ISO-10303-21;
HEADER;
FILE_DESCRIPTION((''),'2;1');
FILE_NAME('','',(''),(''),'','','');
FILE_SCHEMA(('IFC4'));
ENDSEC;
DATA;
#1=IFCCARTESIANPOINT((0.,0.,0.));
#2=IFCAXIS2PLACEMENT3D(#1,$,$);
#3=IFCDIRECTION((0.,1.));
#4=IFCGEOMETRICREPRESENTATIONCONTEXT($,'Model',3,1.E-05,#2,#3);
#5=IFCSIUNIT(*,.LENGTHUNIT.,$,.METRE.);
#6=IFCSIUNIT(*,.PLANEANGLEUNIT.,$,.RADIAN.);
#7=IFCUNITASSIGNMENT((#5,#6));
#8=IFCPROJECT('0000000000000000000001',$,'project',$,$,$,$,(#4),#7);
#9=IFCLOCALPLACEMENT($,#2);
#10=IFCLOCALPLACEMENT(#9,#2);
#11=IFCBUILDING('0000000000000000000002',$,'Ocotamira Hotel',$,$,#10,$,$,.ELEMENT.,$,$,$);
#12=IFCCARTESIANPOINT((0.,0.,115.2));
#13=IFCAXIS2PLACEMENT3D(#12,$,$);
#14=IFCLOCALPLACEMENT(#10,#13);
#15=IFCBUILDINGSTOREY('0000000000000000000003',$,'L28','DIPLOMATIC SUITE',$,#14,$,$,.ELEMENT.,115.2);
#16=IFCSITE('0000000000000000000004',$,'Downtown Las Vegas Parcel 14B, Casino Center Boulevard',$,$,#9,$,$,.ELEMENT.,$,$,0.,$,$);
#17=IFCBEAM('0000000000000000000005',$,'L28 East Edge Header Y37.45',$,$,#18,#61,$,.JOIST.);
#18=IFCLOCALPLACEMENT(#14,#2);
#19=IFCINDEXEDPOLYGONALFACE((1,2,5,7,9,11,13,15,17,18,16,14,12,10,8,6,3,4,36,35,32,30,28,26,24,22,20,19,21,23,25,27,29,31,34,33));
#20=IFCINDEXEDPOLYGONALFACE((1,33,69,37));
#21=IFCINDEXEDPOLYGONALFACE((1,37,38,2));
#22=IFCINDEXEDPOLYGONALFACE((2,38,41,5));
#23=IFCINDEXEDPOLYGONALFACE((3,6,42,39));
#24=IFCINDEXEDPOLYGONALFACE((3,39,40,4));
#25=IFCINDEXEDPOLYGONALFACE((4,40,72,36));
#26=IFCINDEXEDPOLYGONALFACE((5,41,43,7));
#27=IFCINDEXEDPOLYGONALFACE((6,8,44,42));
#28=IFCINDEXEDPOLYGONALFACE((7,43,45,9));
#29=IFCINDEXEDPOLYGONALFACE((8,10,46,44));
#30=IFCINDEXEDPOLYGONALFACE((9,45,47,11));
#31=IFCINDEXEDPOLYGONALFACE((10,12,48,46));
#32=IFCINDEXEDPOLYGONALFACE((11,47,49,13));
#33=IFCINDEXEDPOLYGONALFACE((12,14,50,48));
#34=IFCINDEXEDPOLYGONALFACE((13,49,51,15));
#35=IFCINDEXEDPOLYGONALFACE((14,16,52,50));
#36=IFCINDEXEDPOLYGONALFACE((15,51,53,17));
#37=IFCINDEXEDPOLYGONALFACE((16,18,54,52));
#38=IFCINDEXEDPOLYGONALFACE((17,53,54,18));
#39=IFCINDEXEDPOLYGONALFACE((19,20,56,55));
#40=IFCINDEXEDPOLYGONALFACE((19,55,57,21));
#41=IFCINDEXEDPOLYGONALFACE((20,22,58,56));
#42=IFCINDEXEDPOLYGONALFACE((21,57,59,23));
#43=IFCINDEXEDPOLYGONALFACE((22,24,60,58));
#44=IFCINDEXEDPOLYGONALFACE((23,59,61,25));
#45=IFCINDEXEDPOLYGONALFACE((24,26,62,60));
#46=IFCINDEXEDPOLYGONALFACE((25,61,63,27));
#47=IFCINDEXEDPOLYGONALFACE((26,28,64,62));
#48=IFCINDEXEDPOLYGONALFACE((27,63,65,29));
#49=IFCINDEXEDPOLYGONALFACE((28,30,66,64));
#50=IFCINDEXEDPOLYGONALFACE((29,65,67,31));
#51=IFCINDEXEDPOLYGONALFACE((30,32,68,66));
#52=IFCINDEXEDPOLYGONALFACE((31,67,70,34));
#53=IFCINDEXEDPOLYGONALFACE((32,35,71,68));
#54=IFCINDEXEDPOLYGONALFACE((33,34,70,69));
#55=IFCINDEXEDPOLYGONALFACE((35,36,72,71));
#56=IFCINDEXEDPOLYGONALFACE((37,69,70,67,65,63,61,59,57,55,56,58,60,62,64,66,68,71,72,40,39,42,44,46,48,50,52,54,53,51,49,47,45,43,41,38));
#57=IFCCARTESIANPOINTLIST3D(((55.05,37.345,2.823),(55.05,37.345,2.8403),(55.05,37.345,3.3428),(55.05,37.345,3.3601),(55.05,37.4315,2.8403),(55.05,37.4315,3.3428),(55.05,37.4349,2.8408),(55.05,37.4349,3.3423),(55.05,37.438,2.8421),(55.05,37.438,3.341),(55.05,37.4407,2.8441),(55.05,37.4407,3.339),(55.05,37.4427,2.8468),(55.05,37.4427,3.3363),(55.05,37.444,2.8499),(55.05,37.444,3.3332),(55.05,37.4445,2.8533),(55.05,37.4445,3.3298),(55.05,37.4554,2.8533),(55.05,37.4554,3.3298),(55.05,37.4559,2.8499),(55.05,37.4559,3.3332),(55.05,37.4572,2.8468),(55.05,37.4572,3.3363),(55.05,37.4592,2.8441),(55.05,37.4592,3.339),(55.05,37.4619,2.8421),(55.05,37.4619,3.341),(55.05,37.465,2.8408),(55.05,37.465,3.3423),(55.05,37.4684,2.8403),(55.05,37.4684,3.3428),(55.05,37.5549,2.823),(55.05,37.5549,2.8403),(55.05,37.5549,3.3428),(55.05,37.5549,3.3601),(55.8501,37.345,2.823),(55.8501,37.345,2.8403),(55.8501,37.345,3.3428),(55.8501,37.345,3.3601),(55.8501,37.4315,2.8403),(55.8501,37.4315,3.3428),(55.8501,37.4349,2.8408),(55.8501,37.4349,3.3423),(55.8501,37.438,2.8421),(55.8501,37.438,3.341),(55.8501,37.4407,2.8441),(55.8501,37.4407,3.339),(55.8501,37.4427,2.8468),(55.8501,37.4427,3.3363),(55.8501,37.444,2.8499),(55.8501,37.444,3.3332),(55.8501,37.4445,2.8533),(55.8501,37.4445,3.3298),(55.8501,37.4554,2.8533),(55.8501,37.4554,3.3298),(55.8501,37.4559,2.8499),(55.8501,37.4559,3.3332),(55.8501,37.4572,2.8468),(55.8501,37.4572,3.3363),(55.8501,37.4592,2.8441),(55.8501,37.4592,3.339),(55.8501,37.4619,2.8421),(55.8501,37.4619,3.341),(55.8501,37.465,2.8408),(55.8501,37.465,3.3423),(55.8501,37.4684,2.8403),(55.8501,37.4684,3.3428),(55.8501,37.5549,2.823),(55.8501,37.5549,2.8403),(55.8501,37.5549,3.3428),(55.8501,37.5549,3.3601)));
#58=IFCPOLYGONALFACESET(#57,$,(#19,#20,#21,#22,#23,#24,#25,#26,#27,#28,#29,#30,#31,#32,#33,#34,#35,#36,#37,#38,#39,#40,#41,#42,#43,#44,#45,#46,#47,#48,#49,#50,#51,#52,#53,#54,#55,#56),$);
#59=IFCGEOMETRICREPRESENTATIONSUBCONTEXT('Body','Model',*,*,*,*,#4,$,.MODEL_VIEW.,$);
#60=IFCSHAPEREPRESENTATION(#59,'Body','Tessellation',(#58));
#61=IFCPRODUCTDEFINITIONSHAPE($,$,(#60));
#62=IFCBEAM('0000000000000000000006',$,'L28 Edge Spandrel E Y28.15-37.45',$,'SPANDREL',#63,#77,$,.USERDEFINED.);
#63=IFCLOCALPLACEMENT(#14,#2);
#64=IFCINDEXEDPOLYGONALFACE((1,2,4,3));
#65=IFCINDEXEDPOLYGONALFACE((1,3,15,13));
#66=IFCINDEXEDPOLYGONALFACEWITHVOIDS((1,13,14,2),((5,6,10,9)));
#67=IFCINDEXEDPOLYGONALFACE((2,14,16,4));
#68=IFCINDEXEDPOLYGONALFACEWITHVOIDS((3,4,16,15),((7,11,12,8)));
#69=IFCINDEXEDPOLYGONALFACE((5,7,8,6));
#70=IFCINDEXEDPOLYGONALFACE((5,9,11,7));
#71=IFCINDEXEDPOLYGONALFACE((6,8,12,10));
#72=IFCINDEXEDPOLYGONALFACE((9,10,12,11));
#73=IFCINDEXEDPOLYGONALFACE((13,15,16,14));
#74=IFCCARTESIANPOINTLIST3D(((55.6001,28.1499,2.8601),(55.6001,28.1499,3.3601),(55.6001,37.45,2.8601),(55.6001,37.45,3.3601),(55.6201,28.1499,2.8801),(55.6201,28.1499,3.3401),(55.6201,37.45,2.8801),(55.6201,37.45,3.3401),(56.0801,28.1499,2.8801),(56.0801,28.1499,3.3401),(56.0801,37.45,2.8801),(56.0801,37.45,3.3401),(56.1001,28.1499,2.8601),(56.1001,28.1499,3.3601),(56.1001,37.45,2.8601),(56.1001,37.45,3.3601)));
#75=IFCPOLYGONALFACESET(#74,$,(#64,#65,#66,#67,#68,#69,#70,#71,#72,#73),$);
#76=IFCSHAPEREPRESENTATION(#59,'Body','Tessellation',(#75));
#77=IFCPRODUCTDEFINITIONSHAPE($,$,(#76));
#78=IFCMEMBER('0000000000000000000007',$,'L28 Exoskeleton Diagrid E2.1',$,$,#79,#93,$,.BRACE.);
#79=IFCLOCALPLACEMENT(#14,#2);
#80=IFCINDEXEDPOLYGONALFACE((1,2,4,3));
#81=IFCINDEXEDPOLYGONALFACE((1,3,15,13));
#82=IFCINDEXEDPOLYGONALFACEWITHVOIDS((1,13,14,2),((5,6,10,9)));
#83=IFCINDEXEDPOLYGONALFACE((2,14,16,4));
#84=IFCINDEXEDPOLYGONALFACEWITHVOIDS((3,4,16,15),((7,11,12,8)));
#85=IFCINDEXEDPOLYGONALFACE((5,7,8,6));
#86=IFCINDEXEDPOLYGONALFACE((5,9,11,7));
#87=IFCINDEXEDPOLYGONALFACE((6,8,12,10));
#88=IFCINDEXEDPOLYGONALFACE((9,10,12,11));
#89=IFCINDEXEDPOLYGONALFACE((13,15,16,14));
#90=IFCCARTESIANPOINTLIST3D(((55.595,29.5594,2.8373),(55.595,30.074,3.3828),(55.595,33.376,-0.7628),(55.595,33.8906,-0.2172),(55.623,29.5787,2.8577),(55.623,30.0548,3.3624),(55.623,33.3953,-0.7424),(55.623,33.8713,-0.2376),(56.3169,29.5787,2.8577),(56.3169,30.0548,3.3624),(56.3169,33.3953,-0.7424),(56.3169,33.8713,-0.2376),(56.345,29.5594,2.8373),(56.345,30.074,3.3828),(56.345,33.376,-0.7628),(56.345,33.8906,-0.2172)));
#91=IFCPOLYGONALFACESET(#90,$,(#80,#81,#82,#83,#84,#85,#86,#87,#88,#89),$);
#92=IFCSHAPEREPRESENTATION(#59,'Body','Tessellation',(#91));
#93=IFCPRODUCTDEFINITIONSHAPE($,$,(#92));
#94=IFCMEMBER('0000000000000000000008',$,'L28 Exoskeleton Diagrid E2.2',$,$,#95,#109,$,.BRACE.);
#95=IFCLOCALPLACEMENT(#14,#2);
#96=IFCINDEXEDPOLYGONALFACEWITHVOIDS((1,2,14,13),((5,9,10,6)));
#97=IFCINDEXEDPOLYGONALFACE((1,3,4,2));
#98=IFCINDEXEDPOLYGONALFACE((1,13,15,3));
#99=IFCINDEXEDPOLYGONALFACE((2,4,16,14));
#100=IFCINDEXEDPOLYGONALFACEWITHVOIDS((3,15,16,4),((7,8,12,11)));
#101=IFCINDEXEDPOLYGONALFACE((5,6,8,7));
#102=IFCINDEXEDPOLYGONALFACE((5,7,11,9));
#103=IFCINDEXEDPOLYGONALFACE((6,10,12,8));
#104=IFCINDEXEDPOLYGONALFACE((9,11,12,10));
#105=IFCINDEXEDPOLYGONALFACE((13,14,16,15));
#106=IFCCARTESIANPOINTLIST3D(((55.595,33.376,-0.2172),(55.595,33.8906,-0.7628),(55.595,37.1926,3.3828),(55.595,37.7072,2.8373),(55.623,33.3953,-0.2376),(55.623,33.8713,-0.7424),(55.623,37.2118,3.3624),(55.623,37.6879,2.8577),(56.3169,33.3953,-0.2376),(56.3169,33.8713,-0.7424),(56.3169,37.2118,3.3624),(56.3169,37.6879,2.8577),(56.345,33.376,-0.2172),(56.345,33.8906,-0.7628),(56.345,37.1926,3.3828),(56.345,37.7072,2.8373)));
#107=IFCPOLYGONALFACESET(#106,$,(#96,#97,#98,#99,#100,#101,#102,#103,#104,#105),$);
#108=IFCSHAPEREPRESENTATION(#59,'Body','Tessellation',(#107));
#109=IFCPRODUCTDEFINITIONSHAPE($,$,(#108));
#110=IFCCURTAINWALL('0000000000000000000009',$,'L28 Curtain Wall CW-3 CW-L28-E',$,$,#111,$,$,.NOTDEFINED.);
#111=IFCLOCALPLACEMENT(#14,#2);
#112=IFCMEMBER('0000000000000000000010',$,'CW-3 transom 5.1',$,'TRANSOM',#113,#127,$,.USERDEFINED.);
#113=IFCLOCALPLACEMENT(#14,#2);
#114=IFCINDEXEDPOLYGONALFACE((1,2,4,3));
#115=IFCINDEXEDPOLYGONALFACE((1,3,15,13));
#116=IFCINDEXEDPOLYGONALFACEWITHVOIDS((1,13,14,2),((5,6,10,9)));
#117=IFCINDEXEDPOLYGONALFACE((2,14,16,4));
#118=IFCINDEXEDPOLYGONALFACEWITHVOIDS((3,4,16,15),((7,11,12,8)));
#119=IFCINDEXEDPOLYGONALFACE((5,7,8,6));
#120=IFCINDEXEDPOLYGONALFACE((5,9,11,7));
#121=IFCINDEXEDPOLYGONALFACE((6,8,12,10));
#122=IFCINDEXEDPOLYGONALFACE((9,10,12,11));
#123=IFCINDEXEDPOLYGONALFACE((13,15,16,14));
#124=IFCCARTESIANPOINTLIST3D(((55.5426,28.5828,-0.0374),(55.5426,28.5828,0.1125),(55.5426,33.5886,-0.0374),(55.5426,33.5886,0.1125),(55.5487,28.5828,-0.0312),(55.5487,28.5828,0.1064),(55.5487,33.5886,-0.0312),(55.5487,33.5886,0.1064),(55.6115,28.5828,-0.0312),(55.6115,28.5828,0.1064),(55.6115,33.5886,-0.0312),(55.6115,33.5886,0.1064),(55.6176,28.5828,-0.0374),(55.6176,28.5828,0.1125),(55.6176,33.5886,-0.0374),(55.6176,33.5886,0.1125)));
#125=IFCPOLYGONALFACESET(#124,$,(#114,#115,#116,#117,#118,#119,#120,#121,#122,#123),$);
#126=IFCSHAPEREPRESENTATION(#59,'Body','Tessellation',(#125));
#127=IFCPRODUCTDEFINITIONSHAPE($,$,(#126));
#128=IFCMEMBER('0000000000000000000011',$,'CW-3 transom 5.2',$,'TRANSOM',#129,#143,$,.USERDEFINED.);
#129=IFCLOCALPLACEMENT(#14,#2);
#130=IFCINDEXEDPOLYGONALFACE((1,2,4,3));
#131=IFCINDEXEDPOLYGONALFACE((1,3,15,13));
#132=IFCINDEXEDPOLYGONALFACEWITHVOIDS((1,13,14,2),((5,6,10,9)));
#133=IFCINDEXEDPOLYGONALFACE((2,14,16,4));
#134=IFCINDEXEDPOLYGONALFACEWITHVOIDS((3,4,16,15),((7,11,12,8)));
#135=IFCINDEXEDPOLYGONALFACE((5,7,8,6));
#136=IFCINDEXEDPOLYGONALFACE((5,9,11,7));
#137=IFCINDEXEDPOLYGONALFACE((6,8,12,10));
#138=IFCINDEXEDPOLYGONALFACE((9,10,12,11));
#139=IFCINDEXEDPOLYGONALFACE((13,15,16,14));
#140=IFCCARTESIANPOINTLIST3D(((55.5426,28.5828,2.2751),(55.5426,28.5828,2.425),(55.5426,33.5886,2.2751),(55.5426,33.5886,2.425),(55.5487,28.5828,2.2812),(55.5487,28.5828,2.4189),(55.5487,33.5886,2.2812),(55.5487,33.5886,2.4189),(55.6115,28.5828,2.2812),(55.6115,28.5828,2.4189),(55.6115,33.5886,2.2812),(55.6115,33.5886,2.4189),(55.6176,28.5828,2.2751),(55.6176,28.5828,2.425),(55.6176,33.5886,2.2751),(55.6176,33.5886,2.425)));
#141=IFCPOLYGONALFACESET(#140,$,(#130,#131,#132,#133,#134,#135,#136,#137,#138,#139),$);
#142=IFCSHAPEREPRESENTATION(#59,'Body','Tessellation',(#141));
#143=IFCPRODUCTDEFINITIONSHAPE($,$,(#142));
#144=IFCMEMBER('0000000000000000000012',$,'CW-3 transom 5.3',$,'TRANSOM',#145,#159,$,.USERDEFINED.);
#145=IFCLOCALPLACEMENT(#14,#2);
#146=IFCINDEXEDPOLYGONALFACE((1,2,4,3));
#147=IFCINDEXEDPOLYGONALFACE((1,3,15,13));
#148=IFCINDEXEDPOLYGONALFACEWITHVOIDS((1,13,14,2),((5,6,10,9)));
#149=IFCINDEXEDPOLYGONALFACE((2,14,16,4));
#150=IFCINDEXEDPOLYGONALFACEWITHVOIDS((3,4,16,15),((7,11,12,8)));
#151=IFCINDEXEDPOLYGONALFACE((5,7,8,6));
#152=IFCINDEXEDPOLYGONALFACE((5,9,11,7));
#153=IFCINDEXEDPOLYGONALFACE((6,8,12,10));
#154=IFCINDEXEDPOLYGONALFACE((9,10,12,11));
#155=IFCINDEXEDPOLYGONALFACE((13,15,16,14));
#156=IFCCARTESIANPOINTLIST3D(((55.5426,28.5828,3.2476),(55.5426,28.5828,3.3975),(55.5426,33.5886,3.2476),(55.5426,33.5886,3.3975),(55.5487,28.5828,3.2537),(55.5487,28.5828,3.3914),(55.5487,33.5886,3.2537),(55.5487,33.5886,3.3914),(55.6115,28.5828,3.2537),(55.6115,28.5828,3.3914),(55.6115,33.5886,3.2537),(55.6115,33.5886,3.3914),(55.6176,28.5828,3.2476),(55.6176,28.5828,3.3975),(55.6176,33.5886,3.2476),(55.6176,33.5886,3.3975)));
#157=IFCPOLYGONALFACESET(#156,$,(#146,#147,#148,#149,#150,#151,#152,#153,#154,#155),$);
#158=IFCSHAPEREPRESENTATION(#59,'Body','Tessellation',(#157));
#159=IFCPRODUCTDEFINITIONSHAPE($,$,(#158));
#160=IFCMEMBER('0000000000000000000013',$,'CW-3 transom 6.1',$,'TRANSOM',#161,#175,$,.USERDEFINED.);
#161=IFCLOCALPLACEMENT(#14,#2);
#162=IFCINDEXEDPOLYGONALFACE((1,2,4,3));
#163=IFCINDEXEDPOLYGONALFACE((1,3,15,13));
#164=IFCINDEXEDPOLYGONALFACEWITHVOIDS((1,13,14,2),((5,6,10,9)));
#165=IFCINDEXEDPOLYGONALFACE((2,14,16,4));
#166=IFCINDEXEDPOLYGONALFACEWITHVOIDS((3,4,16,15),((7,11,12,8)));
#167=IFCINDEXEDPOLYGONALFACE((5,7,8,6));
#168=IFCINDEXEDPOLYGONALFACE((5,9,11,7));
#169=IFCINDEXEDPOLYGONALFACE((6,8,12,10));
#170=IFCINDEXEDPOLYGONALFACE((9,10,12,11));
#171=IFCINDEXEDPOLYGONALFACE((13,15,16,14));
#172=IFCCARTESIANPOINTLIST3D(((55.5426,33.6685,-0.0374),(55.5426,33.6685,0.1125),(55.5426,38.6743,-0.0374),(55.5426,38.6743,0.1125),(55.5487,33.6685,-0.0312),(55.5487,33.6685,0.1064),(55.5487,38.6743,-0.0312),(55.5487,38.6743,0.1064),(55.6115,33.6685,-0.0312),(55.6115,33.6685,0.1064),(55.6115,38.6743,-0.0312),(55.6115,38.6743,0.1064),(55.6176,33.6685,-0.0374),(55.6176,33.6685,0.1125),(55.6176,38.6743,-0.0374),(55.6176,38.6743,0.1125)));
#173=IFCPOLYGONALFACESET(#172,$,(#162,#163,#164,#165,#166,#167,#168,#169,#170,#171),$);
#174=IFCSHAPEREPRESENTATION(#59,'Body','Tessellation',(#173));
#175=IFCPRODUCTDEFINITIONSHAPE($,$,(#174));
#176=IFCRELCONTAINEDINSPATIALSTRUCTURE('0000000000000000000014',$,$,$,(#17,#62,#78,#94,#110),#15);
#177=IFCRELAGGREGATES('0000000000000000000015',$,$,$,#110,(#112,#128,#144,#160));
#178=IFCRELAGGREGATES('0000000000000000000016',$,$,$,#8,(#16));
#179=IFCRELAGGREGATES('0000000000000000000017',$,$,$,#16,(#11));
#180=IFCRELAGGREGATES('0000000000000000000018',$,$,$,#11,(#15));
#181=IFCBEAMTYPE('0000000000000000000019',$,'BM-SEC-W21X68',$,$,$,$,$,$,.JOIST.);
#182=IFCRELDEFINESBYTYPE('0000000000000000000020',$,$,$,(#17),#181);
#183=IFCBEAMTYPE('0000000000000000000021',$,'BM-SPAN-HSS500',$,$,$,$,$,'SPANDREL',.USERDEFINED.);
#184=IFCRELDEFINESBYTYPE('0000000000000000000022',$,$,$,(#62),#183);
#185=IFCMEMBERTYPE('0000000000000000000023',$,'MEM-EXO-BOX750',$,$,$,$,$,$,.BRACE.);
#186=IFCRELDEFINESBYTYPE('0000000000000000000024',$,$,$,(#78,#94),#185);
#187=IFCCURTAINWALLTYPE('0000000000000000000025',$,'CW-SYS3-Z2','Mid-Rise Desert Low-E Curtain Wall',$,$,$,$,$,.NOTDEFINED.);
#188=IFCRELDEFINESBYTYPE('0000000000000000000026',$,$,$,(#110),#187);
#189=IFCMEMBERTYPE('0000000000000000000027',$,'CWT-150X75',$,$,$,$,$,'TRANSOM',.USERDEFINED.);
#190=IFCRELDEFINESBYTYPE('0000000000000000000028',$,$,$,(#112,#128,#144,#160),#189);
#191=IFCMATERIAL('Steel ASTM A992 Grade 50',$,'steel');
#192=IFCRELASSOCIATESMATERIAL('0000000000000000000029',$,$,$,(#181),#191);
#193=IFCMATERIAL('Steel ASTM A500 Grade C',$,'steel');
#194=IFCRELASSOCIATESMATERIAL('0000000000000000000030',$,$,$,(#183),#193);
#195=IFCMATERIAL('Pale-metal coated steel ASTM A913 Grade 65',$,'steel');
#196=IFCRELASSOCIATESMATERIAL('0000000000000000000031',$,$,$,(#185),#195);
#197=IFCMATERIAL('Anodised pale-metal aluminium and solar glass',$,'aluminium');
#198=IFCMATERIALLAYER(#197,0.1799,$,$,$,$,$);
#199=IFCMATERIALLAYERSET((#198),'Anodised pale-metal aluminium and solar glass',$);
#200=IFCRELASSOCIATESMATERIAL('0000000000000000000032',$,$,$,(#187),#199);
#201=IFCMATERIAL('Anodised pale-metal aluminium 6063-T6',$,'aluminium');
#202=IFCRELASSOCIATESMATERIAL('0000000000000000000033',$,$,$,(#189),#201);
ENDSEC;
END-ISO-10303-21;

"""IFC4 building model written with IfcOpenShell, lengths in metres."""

from ifc_helpers import new_model, si_unit, direction, frame, origin, origin_2d, place, context, subcontext, project, spatial, hollow_rectangle, i_section, extrude, source, transform, mapped, material, layer, layer_set, material_profile, profile_set, type_object, element, aggregate, save


model = new_model("IFC4")

# Units and contexts
model_context = context("Model", 3, precision=1e-05, world=origin(), true_north=direction((0.0, 1.0)))
body_context = subcontext(model_context, "Body", "Model", "MODEL_VIEW")
ifc_project = project(units=[si_unit("LENGTHUNIT", "METRE"), si_unit("PLANEANGLEUNIT", "RADIAN")], contexts=[model_context])

# Site, building, storey
site_placement = place(None, origin())
site = spatial("IfcSite", under=ifc_project, at=site_placement, Name="Downtown Las Vegas Parcel 14B, Casino Center Boulevard", CompositionType="ELEMENT", RefElevation=0.0)
building_placement = place(site_placement, origin())
building = spatial("IfcBuilding", under=site, at=building_placement, Name="Ocotamira Hotel", CompositionType="ELEMENT")
storey_placement = place(building_placement, frame((0.0, 0.0, 115.2)))
storey = spatial("IfcBuildingStorey", under=building, at=storey_placement, Name="L28", Description="DIPLOMATIC SUITE", CompositionType="ELEMENT", Elevation=115.2)

# Beams
ifc_material_1 = material(Name="Steel ASTM A500 Grade C", Category="steel")
ifc_material_2 = material(Name="Steel ASTM A992 Grade 50", Category="steel")
ifc_material_profile_1 = material_profile(ifc_material_2, i_section(OverallWidth=0.21, OverallDepth=0.5371, WebThickness=0.011, FlangeThickness=0.0173, FilletRadius=0.0129, at=origin_2d()), Name="W21X68")
ifc_profile_set_1 = profile_set([ifc_material_profile_1], Name="Steel ASTM A992 Grade 50")
beam_type_1 = type_object("IfcBeamType", Name="BM-SEC-W21X68", PredefinedType="JOIST", material=ifc_profile_set_1)
shared_shape_1 = source(origin(), body_context, "Body", "SweptSolid", [
    extrude(i_section(OverallWidth=0.21, OverallDepth=0.5371, WebThickness=0.011, FlangeThickness=0.0173, FilletRadius=0.0129, at=origin_2d()), origin(), (0.0, 0.0, 1.0), 0.8),
])
for number, where, z_axis, x_axis, name in (
    (1, (55.05, 37.45, 3.0916), (1.0, 0.0, 0.0), (0.0, 1.0, 0.0), "L28 East Edge Header Y37.45"),
):
    element("IfcBeam", number, at=place(storey_placement, frame(where, z_axis=z_axis, x_axis=x_axis)), inside=storey, type_object=beam_type_1, Name=name, PredefinedType="JOIST", context=body_context, shape_type="MappedRepresentation", body=[
        mapped(shared_shape_1, transform((0.0, 0.0, 0.0), scale=1.0)),
    ])
ifc_material_profile_2 = material_profile(ifc_material_1, hollow_rectangle(XDim=0.5, YDim=0.5, WallThickness=0.02, at=origin_2d()), Name="HSS500X500X20")
ifc_profile_set_2 = profile_set([ifc_material_profile_2], Name="Steel ASTM A500 Grade C")
beam_type_2 = type_object("IfcBeamType", Name="BM-SPAN-HSS500", ElementType="SPANDREL", PredefinedType="USERDEFINED", material=ifc_profile_set_2)
shared_shape_2 = source(origin(), body_context, "Body", "SweptSolid", [
    extrude(hollow_rectangle(XDim=0.5, YDim=0.5, WallThickness=0.02, at=origin_2d()), origin(), (0.0, 0.0, 1.0), 9.3),
])
beam_1_placement = place(storey_placement, frame((55.8501, 28.1499, 3.1101), z_axis=(0.0, 1.0, 0.0), x_axis=(-1.0, 0.0, 0.0)))
element("IfcBeam", 2, at=beam_1_placement, inside=storey, type_object=beam_type_2, Name="L28 Edge Spandrel E Y28.15-37.45", ObjectType="SPANDREL", PredefinedType="USERDEFINED", context=body_context, shape_type="MappedRepresentation", body=[
    mapped(shared_shape_2, transform((0.0, 0.0, 0.0), scale=1.0)),
])

# Members
ifc_material_3 = material(Name="Pale-metal coated steel ASTM A913 Grade 65", Category="steel")
ifc_material_profile_3 = material_profile(ifc_material_3, hollow_rectangle(XDim=0.75, YDim=0.75, WallThickness=0.0281, at=origin_2d()), Name="BOX750X750X28")
ifc_profile_set_3 = profile_set([ifc_material_profile_3], Name="Pale-metal coated steel ASTM A913 Grade 65")
member_type_1 = type_object("IfcMemberType", Name="MEM-EXO-BOX750", PredefinedType="BRACE", material=ifc_profile_set_3)
shared_shape_3 = source(origin(), body_context, "Body", "SweptSolid", [
    extrude(hollow_rectangle(XDim=0.75, YDim=0.75, WallThickness=0.0281, at=origin_2d()), origin(), (0.0, 0.0, 1.0), 5.2466),
])
for number, where, z_axis, x_axis, name in (
    (3, (55.97, 33.6333, -0.49), (0.0, -0.727443, 0.686168), (1.0, 0.0, 0.0), "L28 Exoskeleton Diagrid E2.1"),
    (4, (55.97, 33.6333, -0.49), (0.0, 0.727443, 0.686168), (-1.0, 0.0, 0.0), "L28 Exoskeleton Diagrid E2.2"),
):
    element("IfcMember", number, at=place(storey_placement, frame(where, z_axis=z_axis, x_axis=x_axis)), inside=storey, type_object=member_type_1, Name=name, PredefinedType="BRACE", context=body_context, shape_type="MappedRepresentation", body=[
        mapped(shared_shape_3, transform((0.0, 0.0, 0.0), scale=1.0)),
    ])

# Curtain wall, members
ifc_material_4 = material(Name="Anodised pale-metal aluminium and solar glass", Category="aluminium")
ifc_layer_1 = layer(ifc_material_4, 0.1799)
ifc_layer_set_1 = layer_set([ifc_layer_1], Name="Anodised pale-metal aluminium and solar glass")
curtain_wall_type = type_object("IfcCurtainWallType", Name="CW-SYS3-Z2", Description="Mid-Rise Desert Low-E Curtain Wall", PredefinedType="NOTDEFINED", material=ifc_layer_set_1)
curtain_wall_placement = place(storey_placement, origin())
curtain_wall = element("IfcCurtainWall", 5, at=curtain_wall_placement, inside=storey, type_object=curtain_wall_type, Name="L28 Curtain Wall CW-3 CW-L28-E", PredefinedType="NOTDEFINED")
ifc_material_5 = material(Name="Anodised pale-metal aluminium 6063-T6", Category="aluminium")
ifc_material_profile_4 = material_profile(ifc_material_5, hollow_rectangle(XDim=0.075, YDim=0.1499, WallThickness=0.0061, at=origin_2d()), Name="HSS150X75X6")
ifc_profile_set_4 = profile_set([ifc_material_profile_4], Name="Anodised pale-metal aluminium 6063-T6")
member_type_2 = type_object("IfcMemberType", Name="CWT-150X75", ElementType="TRANSOM", PredefinedType="USERDEFINED", material=ifc_profile_set_4)
shared_shape_4 = source(origin(), body_context, "Body", "SweptSolid", [
    extrude(hollow_rectangle(XDim=0.075, YDim=0.1499, WallThickness=0.0061, at=origin_2d()), origin(), (0.0, 0.0, 1.0), 5.0059),
])
member_1_placement = place(storey_placement, frame((55.5801, 28.5828, 0.0376), z_axis=(0.0, 1.0, 0.0), x_axis=(-1.0, 0.0, 0.0)))
member_1 = element("IfcMember", 6, at=member_1_placement, type_object=member_type_2, Name="CW-3 transom 5.1", ObjectType="TRANSOM", PredefinedType="USERDEFINED", context=body_context, shape_type="MappedRepresentation", body=[
    mapped(shared_shape_4, transform((0.0, 0.0, 0.0), scale=1.0)),
])
member_2_placement = place(storey_placement, frame((55.5801, 28.5828, 2.3501), z_axis=(0.0, 1.0, 0.0), x_axis=(-1.0, 0.0, 0.0)))
member_2 = element("IfcMember", 7, at=member_2_placement, type_object=member_type_2, Name="CW-3 transom 5.2", ObjectType="TRANSOM", PredefinedType="USERDEFINED", context=body_context, shape_type="MappedRepresentation", body=[
    mapped(shared_shape_4, transform((0.0, 0.0, 0.0), scale=1.0)),
])
member_3_placement = place(storey_placement, frame((55.5801, 28.5828, 3.3225), z_axis=(0.0, 1.0, 0.0), x_axis=(-1.0, 0.0, 0.0)))
member_3 = element("IfcMember", 8, at=member_3_placement, type_object=member_type_2, Name="CW-3 transom 5.3", ObjectType="TRANSOM", PredefinedType="USERDEFINED", context=body_context, shape_type="MappedRepresentation", body=[
    mapped(shared_shape_4, transform((0.0, 0.0, 0.0), scale=1.0)),
])
member_4_placement = place(storey_placement, frame((55.5801, 33.6685, 0.0376), z_axis=(0.0, 1.0, 0.0), x_axis=(-1.0, 0.0, 0.0)))
member_4 = element("IfcMember", 9, at=member_4_placement, type_object=member_type_2, Name="CW-3 transom 6.1", ObjectType="TRANSOM", PredefinedType="USERDEFINED", context=body_context, shape_type="MappedRepresentation", body=[
    mapped(shared_shape_4, transform((0.0, 0.0, 0.0), scale=1.0)),
])

aggregate(curtain_wall, [member_1, member_2, member_3, member_4])

save(model, "model.ifc")
